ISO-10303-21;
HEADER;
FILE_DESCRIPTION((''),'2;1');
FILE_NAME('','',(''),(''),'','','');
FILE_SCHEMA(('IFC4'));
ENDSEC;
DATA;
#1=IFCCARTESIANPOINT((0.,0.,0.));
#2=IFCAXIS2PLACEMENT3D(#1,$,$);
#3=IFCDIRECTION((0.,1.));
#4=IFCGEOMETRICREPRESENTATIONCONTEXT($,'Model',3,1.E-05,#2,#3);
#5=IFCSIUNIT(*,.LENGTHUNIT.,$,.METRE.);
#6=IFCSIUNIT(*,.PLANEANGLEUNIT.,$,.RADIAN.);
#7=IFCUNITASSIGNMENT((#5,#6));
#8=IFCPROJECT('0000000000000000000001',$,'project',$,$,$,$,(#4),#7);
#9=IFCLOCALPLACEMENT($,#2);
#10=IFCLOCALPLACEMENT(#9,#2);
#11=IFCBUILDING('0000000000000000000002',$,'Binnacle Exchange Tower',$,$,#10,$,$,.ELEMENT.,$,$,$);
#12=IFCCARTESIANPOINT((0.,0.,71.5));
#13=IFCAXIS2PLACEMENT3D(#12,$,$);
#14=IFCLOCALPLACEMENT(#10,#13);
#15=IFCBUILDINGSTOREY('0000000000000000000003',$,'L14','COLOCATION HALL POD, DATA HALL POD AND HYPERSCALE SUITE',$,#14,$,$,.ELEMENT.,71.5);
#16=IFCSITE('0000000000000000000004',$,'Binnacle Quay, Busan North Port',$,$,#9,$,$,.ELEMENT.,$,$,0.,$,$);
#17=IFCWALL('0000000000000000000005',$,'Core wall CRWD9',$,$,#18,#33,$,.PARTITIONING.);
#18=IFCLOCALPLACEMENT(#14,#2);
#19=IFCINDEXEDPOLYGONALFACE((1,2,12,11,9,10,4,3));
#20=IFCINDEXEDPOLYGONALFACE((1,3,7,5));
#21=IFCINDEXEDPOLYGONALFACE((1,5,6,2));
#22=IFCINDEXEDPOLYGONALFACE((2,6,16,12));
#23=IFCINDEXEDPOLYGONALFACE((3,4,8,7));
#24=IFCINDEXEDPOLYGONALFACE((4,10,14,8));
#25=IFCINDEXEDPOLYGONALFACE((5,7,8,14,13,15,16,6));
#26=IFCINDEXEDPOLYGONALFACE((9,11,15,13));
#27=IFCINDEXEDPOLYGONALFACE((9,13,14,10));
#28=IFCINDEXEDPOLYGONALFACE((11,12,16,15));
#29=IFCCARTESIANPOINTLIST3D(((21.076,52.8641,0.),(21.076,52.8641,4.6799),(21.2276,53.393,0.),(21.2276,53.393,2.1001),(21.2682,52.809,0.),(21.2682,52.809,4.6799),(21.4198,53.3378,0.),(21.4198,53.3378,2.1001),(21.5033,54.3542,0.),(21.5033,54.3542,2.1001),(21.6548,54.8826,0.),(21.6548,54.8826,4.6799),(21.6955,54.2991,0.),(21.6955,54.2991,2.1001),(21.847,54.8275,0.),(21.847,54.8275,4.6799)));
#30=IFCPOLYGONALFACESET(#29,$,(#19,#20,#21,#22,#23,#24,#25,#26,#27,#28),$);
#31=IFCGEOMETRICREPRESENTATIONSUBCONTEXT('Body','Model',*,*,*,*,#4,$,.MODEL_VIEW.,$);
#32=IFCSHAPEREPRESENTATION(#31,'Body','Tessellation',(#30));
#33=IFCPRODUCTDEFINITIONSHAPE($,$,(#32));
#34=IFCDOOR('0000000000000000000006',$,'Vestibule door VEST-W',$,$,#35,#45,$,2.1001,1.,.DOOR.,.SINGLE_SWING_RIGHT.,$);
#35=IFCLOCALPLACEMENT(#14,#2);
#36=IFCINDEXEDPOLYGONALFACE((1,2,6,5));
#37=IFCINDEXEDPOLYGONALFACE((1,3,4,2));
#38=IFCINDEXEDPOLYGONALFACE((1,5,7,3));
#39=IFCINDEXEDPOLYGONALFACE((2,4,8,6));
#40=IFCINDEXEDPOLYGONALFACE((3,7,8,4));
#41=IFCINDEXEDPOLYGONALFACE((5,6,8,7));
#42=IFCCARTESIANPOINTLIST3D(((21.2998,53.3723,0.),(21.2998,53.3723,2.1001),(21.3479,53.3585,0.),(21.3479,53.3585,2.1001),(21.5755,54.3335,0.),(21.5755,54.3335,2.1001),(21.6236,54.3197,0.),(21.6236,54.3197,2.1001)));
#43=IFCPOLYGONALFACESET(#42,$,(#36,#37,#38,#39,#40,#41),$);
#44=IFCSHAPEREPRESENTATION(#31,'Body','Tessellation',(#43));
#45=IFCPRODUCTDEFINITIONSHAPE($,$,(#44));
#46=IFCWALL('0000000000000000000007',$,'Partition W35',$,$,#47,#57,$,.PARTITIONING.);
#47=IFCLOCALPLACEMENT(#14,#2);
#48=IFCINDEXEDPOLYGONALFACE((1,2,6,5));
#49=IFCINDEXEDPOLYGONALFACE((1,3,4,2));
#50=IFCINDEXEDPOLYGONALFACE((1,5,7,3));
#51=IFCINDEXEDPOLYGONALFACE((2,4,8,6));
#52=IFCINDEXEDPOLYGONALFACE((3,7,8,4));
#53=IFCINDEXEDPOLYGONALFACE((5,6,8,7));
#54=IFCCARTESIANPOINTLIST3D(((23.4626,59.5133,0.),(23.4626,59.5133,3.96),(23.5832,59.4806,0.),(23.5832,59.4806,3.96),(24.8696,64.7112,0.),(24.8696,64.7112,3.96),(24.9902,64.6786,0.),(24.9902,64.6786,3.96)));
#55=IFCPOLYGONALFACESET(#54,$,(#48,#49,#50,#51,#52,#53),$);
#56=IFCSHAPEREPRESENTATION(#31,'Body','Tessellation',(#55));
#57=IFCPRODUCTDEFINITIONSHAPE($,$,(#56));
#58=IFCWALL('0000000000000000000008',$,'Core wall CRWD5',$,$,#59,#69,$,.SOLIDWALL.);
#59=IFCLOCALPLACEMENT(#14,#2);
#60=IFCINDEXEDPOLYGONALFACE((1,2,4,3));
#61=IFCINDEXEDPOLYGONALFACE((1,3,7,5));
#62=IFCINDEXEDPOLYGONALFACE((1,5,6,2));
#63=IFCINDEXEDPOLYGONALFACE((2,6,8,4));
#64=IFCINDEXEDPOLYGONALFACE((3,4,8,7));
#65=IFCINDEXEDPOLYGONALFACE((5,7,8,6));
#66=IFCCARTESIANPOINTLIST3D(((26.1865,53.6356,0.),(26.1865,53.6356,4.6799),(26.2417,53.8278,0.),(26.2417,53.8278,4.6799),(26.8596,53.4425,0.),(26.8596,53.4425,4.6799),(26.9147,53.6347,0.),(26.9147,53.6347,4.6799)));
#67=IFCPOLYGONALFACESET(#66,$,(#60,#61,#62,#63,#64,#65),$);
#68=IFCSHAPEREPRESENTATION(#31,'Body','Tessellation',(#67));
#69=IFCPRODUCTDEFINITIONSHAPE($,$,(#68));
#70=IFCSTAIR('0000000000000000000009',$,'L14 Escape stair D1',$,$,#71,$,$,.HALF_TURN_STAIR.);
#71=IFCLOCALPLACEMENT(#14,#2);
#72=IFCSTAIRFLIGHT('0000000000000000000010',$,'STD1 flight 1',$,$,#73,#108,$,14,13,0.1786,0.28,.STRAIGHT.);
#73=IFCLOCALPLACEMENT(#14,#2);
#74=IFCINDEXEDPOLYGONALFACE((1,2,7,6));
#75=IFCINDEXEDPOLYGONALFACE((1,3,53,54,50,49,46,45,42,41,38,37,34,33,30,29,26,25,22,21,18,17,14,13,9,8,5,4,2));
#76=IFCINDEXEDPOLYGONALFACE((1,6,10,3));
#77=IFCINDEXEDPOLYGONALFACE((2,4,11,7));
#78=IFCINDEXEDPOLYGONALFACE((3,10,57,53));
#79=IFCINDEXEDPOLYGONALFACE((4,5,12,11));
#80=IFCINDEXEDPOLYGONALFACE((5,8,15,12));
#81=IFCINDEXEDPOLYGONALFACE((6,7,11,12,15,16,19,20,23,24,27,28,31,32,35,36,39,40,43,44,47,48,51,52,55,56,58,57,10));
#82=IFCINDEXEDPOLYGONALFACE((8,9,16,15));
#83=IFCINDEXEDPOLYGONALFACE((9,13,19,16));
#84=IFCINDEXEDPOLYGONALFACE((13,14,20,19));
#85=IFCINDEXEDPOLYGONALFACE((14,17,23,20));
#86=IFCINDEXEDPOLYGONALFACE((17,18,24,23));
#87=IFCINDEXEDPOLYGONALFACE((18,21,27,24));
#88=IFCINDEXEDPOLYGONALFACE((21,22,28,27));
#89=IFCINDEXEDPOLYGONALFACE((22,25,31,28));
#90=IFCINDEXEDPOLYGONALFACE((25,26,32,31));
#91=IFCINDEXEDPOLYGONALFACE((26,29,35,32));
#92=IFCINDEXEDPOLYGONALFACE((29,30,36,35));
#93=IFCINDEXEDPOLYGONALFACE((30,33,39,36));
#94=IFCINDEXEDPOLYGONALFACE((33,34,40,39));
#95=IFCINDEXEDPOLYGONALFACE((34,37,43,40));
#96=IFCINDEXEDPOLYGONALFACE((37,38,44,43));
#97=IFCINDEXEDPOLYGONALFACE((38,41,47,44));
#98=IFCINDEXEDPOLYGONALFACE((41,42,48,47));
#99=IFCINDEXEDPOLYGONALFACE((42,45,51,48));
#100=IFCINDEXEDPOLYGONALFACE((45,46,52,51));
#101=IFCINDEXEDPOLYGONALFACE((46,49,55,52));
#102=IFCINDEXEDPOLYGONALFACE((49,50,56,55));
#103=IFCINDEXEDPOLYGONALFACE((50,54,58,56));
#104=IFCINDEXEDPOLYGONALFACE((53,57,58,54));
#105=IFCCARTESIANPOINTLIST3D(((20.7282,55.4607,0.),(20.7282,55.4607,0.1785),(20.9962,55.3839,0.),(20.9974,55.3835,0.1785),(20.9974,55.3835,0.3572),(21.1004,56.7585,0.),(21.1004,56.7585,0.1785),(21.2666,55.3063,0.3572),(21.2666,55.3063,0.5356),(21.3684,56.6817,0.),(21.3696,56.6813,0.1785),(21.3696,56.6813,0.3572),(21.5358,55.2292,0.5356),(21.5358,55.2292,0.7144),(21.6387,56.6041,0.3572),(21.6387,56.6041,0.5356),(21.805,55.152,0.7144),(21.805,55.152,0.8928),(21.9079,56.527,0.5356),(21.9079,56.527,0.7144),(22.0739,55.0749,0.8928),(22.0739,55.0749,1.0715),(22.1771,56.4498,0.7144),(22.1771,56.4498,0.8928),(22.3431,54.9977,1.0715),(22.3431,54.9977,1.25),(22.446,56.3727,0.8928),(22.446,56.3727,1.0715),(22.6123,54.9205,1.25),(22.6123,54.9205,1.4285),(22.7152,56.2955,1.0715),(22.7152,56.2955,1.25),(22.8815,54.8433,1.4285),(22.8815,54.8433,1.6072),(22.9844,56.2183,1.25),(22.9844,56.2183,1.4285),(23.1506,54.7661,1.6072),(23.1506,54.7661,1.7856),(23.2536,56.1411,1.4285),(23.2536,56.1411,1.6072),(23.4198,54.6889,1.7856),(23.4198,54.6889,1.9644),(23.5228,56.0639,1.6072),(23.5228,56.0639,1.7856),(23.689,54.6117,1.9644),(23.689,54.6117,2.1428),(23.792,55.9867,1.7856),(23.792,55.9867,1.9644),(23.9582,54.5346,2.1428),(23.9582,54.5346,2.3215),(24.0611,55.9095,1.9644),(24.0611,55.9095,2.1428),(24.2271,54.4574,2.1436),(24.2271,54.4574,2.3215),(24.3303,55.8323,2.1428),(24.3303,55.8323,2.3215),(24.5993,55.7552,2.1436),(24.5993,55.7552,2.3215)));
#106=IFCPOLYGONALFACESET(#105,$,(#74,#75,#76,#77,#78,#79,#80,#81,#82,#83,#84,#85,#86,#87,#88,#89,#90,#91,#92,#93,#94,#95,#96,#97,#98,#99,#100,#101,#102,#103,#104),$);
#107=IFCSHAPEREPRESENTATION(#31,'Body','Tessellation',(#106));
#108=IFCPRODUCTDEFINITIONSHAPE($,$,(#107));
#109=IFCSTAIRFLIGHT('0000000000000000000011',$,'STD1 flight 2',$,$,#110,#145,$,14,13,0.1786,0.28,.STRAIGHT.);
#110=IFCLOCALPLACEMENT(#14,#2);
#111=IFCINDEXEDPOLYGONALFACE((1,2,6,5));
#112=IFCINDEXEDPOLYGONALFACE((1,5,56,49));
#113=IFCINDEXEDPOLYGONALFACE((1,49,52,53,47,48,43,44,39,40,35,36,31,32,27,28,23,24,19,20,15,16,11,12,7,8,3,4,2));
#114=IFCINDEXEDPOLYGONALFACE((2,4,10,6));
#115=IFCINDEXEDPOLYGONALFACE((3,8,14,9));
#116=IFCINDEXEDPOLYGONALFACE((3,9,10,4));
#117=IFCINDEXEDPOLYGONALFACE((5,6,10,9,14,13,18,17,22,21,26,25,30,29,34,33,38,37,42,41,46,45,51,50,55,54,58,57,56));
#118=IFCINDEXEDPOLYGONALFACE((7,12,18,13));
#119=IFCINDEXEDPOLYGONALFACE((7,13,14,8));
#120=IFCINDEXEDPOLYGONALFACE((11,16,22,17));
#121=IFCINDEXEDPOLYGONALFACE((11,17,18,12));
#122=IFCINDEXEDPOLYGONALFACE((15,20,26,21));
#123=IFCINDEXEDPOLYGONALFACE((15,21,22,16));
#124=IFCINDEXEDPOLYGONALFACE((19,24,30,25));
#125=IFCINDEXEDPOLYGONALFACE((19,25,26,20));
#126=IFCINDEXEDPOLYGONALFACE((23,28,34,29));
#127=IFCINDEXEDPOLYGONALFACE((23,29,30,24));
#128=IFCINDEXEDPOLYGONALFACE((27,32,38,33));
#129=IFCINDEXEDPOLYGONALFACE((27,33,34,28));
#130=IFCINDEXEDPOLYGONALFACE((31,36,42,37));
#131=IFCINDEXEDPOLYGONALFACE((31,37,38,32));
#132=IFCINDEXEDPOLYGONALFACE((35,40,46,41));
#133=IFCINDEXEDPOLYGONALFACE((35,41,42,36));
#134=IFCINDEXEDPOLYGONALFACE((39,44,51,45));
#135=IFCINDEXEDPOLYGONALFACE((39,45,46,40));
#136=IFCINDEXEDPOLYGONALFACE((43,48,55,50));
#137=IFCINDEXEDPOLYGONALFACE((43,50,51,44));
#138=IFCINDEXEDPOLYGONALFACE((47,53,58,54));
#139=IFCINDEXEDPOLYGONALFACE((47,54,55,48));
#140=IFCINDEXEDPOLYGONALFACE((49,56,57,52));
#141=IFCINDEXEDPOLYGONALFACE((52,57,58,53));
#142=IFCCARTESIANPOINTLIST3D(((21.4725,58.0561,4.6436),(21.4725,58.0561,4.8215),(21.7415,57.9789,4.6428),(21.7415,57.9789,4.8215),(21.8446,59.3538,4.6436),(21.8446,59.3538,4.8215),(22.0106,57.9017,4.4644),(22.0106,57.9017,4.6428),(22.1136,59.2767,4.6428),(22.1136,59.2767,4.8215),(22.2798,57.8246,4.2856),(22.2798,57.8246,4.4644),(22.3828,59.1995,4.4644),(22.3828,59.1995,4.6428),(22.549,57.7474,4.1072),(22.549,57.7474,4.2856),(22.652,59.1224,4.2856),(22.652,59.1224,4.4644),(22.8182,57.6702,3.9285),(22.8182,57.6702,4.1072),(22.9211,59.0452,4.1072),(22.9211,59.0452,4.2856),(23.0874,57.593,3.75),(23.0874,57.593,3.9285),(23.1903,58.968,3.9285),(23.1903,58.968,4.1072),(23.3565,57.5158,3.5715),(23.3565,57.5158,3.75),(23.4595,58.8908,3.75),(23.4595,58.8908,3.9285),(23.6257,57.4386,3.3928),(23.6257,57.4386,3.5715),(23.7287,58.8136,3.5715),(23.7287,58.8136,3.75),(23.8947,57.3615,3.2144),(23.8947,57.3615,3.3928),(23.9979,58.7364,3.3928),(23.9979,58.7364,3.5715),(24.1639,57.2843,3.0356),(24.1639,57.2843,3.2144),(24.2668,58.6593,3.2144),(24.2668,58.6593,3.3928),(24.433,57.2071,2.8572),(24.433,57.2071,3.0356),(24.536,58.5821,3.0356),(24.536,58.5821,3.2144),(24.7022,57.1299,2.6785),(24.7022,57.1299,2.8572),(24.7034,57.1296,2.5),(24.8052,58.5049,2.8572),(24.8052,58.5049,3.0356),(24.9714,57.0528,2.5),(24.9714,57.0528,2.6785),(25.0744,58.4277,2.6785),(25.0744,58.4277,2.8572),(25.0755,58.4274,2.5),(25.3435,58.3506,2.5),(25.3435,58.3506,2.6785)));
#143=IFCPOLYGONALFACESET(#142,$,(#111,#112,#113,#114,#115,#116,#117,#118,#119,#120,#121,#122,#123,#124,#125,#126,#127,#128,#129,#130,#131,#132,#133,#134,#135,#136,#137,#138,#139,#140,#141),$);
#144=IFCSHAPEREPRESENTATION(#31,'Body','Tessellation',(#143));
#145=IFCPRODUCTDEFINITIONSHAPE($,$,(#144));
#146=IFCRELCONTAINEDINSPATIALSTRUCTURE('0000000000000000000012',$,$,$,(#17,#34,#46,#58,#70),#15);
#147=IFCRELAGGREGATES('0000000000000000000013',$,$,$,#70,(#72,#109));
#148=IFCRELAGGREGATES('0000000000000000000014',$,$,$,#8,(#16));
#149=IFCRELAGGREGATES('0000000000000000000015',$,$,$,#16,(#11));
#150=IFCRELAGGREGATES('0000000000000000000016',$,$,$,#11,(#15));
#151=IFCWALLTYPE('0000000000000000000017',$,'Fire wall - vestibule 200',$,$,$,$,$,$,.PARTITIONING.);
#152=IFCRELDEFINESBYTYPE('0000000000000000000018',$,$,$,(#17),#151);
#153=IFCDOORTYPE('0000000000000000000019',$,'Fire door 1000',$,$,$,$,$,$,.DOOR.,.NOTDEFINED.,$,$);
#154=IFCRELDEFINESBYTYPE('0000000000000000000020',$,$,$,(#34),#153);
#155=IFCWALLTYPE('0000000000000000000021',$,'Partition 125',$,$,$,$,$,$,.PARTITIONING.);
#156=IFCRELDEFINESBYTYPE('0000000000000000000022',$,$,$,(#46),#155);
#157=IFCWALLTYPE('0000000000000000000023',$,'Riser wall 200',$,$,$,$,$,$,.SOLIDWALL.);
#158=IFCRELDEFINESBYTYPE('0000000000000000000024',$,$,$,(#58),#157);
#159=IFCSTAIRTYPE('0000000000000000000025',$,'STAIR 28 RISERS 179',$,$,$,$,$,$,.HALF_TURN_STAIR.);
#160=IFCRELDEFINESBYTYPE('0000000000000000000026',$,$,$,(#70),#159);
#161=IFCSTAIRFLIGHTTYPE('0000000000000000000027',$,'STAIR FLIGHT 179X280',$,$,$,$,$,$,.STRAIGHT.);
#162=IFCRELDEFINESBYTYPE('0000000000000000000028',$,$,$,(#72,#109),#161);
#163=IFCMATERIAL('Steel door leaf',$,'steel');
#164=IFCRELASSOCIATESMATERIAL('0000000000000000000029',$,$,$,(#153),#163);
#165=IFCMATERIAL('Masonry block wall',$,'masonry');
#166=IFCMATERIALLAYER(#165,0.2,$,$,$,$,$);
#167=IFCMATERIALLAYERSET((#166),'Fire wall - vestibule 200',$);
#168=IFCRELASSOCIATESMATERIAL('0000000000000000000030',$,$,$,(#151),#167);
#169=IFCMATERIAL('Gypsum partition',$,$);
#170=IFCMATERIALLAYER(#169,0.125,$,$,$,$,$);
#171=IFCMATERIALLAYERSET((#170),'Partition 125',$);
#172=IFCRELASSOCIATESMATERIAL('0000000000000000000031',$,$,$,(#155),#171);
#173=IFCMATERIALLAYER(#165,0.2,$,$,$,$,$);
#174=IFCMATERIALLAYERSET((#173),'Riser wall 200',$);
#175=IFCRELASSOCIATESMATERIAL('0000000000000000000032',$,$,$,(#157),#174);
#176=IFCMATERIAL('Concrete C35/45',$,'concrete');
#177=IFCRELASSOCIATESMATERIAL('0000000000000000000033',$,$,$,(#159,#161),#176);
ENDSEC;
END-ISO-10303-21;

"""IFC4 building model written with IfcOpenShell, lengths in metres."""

from ifc_helpers import new_model, si_unit, direction, frame, frame_2d, origin, place, context, subcontext, project, spatial, polyline, rectangle, outline, extrude, material, layer, layer_set, type_object, element, fill, aggregate, save


model = new_model("IFC4")

# Units and contexts
model_context = context("Model", 3, precision=1e-05, world=origin(), true_north=direction((0.0, 1.0)))
body_context = subcontext(model_context, "Body", "Model", "MODEL_VIEW")
ifc_project = project(units=[si_unit("LENGTHUNIT", "METRE"), si_unit("PLANEANGLEUNIT", "RADIAN")], contexts=[model_context])

# Site, building, storey
site_placement = place(None, origin())
site = spatial("IfcSite", under=ifc_project, at=site_placement, Name="Binnacle Quay, Busan North Port", CompositionType="ELEMENT", RefElevation=0.0)
building_placement = place(site_placement, origin())
building = spatial("IfcBuilding", under=site, at=building_placement, Name="Binnacle Exchange Tower", CompositionType="ELEMENT")
storey_placement = place(building_placement, frame((0.0, 0.0, 71.5)))
storey = spatial("IfcBuildingStorey", under=building, at=storey_placement, Name="L14", Description="COLOCATION HALL POD, DATA HALL POD AND HYPERSCALE SUITE", CompositionType="ELEMENT", Elevation=71.5)

# Shared definitions
ifc_material_1 = material(Name="Steel door leaf", Category="steel")
door_type = type_object("IfcDoorType", Name="Fire door 1000", OperationType="NOTDEFINED", PredefinedType="DOOR", material=ifc_material_1)

# Wall, opening, door
ifc_material_2 = material(Name="Masonry block wall", Category="masonry")
ifc_layer_1 = layer(ifc_material_2, 0.2)
ifc_layer_set_1 = layer_set([ifc_layer_1], Name="Fire wall - vestibule 200")
wall_type_1 = type_object("IfcWallType", Name="Fire wall - vestibule 200", PredefinedType="PARTITIONING", material=ifc_layer_set_1)
wall_1_placement = place(storey_placement, frame((21.1721, 52.8367, 0.0), z_axis=(0.0, 0.0, 1.0), x_axis=(0.275658, 0.961256, 0.0)))
wall_1 = element("IfcWall", 1, at=wall_1_placement, inside=storey, type_object=wall_type_1, Name="Core wall CRWD9", PredefinedType="PARTITIONING", context=body_context, shape_type="SweptSolid", body=[
    extrude(rectangle(XDim=2.0999, YDim=0.2, at=frame_2d((1.0498, 0.0))), origin(), (0.0, 0.0, 1.0), 4.6799),
])
opening_1_placement = place(wall_1_placement, frame((0.55, 0.0, 0.0)))
opening_1 = element("IfcOpeningElement", 2, at=opening_1_placement, cuts=wall_1, PredefinedType="OPENING", context=body_context, shape_type="SweptSolid", body=[
    extrude(rectangle(XDim=1.0, YDim=2.1001, at=frame_2d((0.5, 1.05))), frame((0.0, 0.1099, 0.0), z_axis=(0.0, -1.0, 0.0), x_axis=(1.0, 0.0, 0.0)), (0.0, 0.0, 1.0), 0.22),
])
door_1_placement = place(opening_1_placement, origin())
door_1 = element("IfcDoor", 3, at=door_1_placement, inside=storey, type_object=door_type, Name="Vestibule door VEST-W", OperationType="SINGLE_SWING_RIGHT", OverallHeight=2.1001, OverallWidth=1.0, PredefinedType="DOOR", context=body_context, shape_type="SweptSolid", body=[
    extrude(rectangle(XDim=1.0, YDim=2.1001, at=frame_2d((0.5, 1.05))), frame((0.0, 0.0249, 0.0), z_axis=(0.0, -1.0, 0.0), x_axis=(1.0, 0.0, 0.0)), (0.0, 0.0, 1.0), 0.05),
])
fill(opening_1, door_1)

# Walls
ifc_material_3 = material(Name="Gypsum partition")
ifc_layer_2 = layer(ifc_material_3, 0.125)
ifc_layer_set_2 = layer_set([ifc_layer_2], Name="Partition 125")
wall_type_2 = type_object("IfcWallType", Name="Partition 125", PredefinedType="PARTITIONING", material=ifc_layer_set_2)
wall_2_placement = place(storey_placement, frame((23.5229, 59.4971, 0.0), z_axis=(0.0, 0.0, 1.0), x_axis=(0.261276, 0.965264, 0.0)))
element("IfcWall", 4, at=wall_2_placement, inside=storey, type_object=wall_type_2, Name="Partition W35", PredefinedType="PARTITIONING", context=body_context, shape_type="SweptSolid", body=[
    extrude(rectangle(XDim=5.385, YDim=0.125, at=frame_2d((2.6924, 0.0))), origin(), (0.0, 0.0, 1.0), 3.96),
])
ifc_layer_3 = layer(ifc_material_2, 0.2)
ifc_layer_set_3 = layer_set([ifc_layer_3], Name="Riser wall 200")
wall_type_3 = type_object("IfcWallType", Name="Riser wall 200", PredefinedType="SOLIDWALL", material=ifc_layer_set_3)
wall_3_placement = place(storey_placement, frame((26.2141, 53.7317, 0.0), z_axis=(0.0, 0.0, 1.0), x_axis=(0.961221, -0.27578, 0.0)))
element("IfcWall", 5, at=wall_3_placement, inside=storey, type_object=wall_type_3, Name="Core wall CRWD5", PredefinedType="SOLIDWALL", context=body_context, shape_type="SweptSolid", body=[
    extrude(rectangle(XDim=0.7002, YDim=0.2, at=frame_2d((0.3501, 0.0))), origin(), (0.0, 0.0, 1.0), 4.6799),
])

# Stair, stair flights
ifc_material_4 = material(Name="Concrete C35/45", Category="concrete")
stair_type = type_object("IfcStairType", Name="STAIR 28 RISERS 179", PredefinedType="HALF_TURN_STAIR", material=ifc_material_4)
stair_placement = place(storey_placement, origin())
stair = element("IfcStair", 6, at=stair_placement, inside=storey, type_object=stair_type, Name="L14 Escape stair D1", PredefinedType="HALF_TURN_STAIR")
stair_flight_type = type_object("IfcStairFlightType", Name="STAIR FLIGHT 179X280", PredefinedType="STRAIGHT", material=ifc_material_4)
stair_flight_1_placement = place(storey_placement, frame((20.9143, 56.1096, 0.0), z_axis=(0.0, 0.0, 1.0), x_axis=(0.961262, -0.275637, 0.0)))
stair_flight_1 = element("IfcStairFlight", 7, at=stair_flight_1_placement, type_object=stair_flight_type, Name="STD1 flight 1", NumberOfRisers=14, NumberOfTreads=13, PredefinedType="STRAIGHT", RiserHeight=0.1786, TreadLength=0.28, context=body_context, shape_type="SweptSolid", body=[
    extrude(outline(polyline([(0.0, 0.0), (0.0, 0.1785), (0.28, 0.1785), (0.28, 0.3572), (0.5601, 0.3572), (0.5601, 0.5356), (0.8401, 0.5356), (0.8401, 0.7144), (1.1201, 0.7144), (1.1201, 0.8928), (1.3999, 0.8928), (1.3999, 1.0715), (1.6799, 1.0715), (1.6799, 1.25), (1.96, 1.25), (1.96, 1.4285), (2.24, 1.4285), (2.24, 1.6072), (2.52, 1.6072), (2.52, 1.7856), (2.8, 1.7856), (2.8, 1.9644), (3.0801, 1.9644), (3.0801, 2.1428), (3.3601, 2.1428), (3.3601, 2.3215), (3.6399, 2.3215), (3.6399, 2.5), (3.6399, 2.1436), (0.2788, 0.0), (0.0, 0.0)])), frame((0.0, 0.675, 0.0), z_axis=(0.0, -1.0, 0.0), x_axis=(1.0, 0.0, 0.0)), (0.0, 0.0, 1.0), 1.3501),
])
stair_flight_2_placement = place(storey_placement, frame((25.1575, 57.7017, 2.5), z_axis=(0.0, 0.0, 1.0), x_axis=(-0.961262, 0.275637, 0.0)))
stair_flight_2 = element("IfcStairFlight", 8, at=stair_flight_2_placement, type_object=stair_flight_type, Name="STD1 flight 2", NumberOfRisers=14, NumberOfTreads=13, PredefinedType="STRAIGHT", RiserHeight=0.1786, TreadLength=0.28, context=body_context, shape_type="SweptSolid", body=[
    extrude(outline(polyline([(0.0, 0.0), (0.0, 0.1785), (0.28, 0.1785), (0.28, 0.3572), (0.5601, 0.3572), (0.5601, 0.5356), (0.8401, 0.5356), (0.8401, 0.7144), (1.1201, 0.7144), (1.1201, 0.8928), (1.3999, 0.8928), (1.3999, 1.0715), (1.6799, 1.0715), (1.6799, 1.25), (1.96, 1.25), (1.96, 1.4285), (2.24, 1.4285), (2.24, 1.6072), (2.52, 1.6072), (2.52, 1.7856), (2.8, 1.7856), (2.8, 1.9644), (3.0801, 1.9644), (3.0801, 2.1428), (3.3601, 2.1428), (3.3601, 2.3215), (3.6399, 2.3215), (3.6399, 2.5), (3.6399, 2.1436), (0.2788, 0.0), (0.0, 0.0)])), frame((0.0, 0.675, 0.0), z_axis=(0.0, -1.0, 0.0), x_axis=(1.0, 0.0, 0.0)), (0.0, 0.0, 1.0), 1.3501),
])
aggregate(stair, [stair_flight_1, stair_flight_2])

save(model, "model.ifc")
